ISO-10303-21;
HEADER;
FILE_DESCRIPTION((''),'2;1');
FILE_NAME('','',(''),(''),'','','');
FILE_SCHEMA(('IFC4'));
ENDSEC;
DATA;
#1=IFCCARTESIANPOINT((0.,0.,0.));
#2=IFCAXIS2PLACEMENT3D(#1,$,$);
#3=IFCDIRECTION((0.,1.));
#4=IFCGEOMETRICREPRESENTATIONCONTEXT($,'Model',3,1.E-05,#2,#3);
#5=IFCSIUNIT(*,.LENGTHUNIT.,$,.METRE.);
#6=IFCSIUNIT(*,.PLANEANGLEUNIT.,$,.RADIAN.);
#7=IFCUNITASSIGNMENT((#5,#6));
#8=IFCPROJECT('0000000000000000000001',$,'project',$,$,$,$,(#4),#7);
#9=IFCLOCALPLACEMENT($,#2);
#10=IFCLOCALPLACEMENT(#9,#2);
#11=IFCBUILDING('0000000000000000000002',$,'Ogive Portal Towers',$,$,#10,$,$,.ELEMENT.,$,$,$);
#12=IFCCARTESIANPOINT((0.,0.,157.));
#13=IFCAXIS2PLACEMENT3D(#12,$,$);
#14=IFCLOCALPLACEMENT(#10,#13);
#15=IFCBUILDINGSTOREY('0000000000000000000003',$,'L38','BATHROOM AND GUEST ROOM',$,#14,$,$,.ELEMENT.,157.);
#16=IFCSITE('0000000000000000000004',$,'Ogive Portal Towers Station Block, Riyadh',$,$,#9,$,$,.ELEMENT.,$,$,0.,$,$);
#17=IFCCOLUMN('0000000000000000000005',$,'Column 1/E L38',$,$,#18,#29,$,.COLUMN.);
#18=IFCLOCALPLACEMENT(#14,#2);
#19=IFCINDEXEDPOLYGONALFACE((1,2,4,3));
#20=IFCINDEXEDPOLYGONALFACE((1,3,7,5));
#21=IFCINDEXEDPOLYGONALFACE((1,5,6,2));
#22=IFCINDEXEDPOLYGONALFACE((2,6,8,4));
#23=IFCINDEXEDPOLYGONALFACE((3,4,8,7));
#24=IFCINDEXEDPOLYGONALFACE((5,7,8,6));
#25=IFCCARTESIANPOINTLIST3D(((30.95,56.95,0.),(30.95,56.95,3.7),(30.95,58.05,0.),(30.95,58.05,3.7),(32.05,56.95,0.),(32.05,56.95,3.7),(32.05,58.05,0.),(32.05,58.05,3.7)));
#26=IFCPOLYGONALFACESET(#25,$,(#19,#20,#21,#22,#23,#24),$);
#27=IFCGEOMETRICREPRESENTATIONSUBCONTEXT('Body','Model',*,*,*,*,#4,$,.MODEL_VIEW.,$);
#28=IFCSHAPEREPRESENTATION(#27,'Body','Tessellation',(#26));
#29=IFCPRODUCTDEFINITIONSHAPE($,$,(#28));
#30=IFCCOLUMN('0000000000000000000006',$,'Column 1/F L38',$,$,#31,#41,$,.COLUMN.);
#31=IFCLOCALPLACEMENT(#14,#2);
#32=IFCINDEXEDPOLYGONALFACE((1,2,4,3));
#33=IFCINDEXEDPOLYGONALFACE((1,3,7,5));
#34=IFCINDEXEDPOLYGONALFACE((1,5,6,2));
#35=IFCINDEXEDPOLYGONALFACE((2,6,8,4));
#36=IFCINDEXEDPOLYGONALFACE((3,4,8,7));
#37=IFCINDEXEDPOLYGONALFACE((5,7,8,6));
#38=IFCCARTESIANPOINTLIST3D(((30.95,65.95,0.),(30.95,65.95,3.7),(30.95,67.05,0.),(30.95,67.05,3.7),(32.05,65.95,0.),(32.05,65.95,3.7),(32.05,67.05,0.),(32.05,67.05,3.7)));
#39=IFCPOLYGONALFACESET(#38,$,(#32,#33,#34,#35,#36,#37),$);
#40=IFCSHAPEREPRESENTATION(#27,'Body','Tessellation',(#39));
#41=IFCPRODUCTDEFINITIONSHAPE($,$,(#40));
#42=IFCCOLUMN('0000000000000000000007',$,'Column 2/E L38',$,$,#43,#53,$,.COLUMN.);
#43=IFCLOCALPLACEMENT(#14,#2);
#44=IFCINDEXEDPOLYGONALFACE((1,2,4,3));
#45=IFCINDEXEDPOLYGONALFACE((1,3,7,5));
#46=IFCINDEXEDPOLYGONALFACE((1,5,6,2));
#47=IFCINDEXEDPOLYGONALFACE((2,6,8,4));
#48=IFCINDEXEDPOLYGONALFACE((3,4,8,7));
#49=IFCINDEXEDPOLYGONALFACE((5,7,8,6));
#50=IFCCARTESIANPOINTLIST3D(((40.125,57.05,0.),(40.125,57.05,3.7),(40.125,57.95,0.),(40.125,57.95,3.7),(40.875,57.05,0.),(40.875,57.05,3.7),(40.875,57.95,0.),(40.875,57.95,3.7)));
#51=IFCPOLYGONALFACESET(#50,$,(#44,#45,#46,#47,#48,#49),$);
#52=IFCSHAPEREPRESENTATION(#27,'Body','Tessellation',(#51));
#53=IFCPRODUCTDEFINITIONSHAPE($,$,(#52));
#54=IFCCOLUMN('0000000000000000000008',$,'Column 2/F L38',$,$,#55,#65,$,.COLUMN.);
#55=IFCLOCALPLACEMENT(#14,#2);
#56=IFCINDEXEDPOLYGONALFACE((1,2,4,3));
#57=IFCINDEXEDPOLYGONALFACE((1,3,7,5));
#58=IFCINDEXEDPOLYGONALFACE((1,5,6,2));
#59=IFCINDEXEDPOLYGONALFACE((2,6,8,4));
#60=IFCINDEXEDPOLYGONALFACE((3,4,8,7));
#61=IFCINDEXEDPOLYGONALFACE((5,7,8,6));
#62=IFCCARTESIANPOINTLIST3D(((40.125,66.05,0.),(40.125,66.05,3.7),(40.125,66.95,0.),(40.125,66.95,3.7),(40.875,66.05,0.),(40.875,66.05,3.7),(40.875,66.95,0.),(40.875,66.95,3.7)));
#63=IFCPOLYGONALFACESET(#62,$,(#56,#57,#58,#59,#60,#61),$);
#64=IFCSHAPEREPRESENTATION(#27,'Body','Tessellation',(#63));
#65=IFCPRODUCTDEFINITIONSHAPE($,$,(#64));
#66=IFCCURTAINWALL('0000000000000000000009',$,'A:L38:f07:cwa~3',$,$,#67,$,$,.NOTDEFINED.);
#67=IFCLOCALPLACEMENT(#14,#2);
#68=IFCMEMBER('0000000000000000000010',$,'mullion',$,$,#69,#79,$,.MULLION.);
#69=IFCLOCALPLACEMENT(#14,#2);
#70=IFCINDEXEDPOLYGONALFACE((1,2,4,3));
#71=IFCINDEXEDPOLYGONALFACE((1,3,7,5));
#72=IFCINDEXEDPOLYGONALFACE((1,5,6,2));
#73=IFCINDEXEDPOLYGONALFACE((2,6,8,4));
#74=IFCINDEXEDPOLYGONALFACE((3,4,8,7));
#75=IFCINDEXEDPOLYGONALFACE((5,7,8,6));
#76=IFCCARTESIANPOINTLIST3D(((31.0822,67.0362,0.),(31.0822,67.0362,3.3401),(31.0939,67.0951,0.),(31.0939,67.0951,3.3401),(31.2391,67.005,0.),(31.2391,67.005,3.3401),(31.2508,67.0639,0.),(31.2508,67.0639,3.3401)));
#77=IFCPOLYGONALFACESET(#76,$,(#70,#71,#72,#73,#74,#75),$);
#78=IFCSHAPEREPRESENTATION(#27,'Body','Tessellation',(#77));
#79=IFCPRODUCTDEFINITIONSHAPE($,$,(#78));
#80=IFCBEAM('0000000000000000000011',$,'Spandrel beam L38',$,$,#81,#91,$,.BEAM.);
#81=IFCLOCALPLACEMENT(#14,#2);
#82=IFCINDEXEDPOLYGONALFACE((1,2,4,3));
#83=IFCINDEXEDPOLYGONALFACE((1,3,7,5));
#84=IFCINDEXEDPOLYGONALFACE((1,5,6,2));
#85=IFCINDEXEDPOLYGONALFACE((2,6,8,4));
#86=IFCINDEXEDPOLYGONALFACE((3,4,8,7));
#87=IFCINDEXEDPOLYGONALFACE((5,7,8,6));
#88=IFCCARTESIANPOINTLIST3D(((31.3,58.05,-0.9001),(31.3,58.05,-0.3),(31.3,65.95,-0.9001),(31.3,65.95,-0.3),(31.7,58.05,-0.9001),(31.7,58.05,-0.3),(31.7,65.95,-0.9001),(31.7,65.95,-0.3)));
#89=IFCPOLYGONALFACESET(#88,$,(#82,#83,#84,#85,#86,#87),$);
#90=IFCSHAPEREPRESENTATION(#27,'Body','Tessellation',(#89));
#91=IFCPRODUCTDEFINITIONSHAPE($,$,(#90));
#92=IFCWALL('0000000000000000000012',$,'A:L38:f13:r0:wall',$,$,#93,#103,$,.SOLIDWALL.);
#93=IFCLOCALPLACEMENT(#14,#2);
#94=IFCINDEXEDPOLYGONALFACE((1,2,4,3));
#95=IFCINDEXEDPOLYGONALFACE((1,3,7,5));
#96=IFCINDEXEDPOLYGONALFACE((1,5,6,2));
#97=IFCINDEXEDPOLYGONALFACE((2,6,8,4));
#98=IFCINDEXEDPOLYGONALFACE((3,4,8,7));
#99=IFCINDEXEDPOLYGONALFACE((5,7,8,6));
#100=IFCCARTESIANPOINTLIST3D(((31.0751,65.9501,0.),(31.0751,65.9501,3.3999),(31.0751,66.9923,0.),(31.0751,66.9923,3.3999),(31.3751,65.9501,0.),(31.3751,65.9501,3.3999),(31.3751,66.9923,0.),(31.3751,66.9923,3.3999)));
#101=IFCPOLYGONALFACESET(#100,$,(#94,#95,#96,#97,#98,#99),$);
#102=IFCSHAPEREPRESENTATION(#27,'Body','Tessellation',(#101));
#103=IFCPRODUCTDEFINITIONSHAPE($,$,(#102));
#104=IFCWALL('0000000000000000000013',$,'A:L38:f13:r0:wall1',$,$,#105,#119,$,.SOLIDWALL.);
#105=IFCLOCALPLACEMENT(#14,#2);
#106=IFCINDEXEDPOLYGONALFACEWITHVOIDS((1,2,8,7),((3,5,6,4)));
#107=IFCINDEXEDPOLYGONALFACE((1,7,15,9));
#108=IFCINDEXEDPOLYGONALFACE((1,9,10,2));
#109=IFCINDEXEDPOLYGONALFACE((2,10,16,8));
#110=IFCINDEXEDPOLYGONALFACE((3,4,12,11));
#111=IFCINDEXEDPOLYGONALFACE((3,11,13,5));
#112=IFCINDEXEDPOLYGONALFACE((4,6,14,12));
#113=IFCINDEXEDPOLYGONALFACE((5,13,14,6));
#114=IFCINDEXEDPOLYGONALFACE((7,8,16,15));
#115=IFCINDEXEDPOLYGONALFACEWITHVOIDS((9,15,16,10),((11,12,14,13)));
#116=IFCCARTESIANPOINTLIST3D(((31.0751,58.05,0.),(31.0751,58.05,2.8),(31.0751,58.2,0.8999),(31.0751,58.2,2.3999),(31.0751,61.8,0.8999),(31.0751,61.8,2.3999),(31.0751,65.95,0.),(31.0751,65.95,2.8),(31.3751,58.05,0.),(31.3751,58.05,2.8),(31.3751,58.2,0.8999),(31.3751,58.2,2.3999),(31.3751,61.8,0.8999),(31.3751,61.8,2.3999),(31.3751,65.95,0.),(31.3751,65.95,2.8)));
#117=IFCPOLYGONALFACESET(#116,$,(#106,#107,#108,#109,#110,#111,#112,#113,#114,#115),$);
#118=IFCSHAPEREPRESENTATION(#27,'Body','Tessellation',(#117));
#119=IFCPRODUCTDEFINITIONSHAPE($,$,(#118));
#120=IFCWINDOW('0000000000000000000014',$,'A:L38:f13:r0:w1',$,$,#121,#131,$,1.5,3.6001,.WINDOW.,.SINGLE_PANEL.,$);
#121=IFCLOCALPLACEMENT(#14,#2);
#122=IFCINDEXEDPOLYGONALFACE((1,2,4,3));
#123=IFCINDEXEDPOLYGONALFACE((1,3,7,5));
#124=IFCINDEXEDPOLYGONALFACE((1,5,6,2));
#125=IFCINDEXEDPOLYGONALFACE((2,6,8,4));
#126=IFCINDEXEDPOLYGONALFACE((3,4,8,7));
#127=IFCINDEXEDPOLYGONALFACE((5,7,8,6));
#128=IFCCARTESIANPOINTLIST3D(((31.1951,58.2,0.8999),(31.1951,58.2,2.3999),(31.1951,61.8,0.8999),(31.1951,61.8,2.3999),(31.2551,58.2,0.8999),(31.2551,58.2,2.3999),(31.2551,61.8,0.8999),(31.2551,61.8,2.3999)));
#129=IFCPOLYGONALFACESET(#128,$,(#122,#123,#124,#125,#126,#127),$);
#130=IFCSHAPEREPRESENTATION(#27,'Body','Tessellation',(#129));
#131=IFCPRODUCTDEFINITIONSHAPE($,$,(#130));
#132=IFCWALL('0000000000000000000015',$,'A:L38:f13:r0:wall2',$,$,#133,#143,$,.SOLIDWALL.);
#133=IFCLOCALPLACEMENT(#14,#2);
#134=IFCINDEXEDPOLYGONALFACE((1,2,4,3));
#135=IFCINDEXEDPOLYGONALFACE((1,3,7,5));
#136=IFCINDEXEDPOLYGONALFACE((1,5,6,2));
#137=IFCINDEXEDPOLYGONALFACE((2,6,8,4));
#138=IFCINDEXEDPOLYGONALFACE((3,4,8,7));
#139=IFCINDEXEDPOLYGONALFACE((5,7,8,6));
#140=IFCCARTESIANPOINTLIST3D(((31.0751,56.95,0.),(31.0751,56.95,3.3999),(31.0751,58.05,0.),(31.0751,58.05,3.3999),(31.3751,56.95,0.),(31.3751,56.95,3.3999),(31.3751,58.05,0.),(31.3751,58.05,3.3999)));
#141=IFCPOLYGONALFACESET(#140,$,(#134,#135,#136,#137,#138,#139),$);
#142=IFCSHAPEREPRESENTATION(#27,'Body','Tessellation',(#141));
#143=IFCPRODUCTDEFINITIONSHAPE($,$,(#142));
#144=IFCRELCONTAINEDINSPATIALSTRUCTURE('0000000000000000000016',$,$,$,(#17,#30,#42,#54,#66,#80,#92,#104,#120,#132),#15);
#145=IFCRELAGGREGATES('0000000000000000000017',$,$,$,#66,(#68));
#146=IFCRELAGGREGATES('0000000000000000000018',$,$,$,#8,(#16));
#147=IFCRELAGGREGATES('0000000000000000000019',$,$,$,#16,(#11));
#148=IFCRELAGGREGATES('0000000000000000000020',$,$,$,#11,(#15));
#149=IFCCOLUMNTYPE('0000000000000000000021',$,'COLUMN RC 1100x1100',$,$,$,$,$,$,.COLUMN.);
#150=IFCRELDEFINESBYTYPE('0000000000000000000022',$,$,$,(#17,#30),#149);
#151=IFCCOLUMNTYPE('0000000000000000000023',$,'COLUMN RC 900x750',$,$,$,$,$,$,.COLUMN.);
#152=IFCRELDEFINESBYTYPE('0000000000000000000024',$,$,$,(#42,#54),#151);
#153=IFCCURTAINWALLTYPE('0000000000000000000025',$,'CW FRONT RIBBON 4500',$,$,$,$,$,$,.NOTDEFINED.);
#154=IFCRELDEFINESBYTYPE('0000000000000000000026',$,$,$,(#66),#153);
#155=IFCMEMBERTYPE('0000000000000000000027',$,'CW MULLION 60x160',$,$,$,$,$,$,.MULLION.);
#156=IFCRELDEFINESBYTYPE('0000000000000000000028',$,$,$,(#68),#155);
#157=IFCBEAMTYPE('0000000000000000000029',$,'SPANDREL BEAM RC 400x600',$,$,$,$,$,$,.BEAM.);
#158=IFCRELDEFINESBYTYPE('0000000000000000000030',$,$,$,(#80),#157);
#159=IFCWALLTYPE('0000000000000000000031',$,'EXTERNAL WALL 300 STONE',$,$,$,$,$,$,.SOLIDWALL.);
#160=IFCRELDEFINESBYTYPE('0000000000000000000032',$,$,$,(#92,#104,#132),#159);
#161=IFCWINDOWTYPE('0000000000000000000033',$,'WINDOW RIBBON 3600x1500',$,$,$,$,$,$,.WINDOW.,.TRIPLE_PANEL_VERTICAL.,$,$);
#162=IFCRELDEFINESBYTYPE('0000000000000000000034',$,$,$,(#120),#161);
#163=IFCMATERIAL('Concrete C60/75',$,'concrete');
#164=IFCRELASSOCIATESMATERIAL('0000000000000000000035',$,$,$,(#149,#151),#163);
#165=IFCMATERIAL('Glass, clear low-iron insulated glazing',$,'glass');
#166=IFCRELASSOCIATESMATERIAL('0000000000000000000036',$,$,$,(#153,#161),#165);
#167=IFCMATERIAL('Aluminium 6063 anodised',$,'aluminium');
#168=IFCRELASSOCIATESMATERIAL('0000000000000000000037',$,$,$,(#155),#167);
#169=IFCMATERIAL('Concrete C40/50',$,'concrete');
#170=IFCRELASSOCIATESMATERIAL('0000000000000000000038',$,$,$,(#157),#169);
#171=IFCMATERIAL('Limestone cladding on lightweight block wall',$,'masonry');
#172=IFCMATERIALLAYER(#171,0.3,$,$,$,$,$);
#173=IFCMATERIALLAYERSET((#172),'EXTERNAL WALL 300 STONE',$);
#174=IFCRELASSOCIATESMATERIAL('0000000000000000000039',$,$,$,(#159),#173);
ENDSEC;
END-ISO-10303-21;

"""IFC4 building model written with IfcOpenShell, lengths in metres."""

from ifc_helpers import new_model, si_unit, direction, frame, frame_2d, origin, origin_2d, place, context, subcontext, project, spatial, rectangle, extrude, material, layer, layer_set, material_profile, profile_set, type_object, element, fill, aggregate, save


model = new_model("IFC4")

# Units and contexts
model_context = context("Model", 3, precision=1e-05, world=origin(), true_north=direction((0.0, 1.0)))
body_context = subcontext(model_context, "Body", "Model", "MODEL_VIEW")
ifc_project = project(units=[si_unit("LENGTHUNIT", "METRE"), si_unit("PLANEANGLEUNIT", "RADIAN")], contexts=[model_context])

# Site, building, storey
site_placement = place(None, origin())
site = spatial("IfcSite", under=ifc_project, at=site_placement, Name="Ogive Portal Towers Station Block, Riyadh", CompositionType="ELEMENT", RefElevation=0.0)
building_placement = place(site_placement, origin())
building = spatial("IfcBuilding", under=site, at=building_placement, Name="Ogive Portal Towers", CompositionType="ELEMENT")
storey_placement = place(building_placement, frame((0.0, 0.0, 157.0)))
storey = spatial("IfcBuildingStorey", under=building, at=storey_placement, Name="L38", Description="BATHROOM AND GUEST ROOM", CompositionType="ELEMENT", Elevation=157.0)

# Columns
ifc_material_1 = material(Name="Concrete C60/75", Category="concrete")
ifc_material_profile_1 = material_profile(ifc_material_1, rectangle(XDim=1.1001, YDim=1.1001, at=origin_2d()), Name="RC 1100x1100")
ifc_profile_set_1 = profile_set([ifc_material_profile_1], Name="Concrete C60/75")
column_type_1 = type_object("IfcColumnType", Name="COLUMN RC 1100x1100", PredefinedType="COLUMN", material=ifc_profile_set_1)
for number, where, z_axis, x_axis, name in (
    (1, (31.5, 57.5, 0.0), (0.0, 0.0, 1.0), (1.0, 0.0, 0.0), "Column 1/E L38"),
    (2, (31.5, 66.5, 0.0), (0.0, 0.0, 1.0), (1.0, 0.0, 0.0), "Column 1/F L38"),
):
    element("IfcColumn", number, at=place(storey_placement, frame(where, z_axis=z_axis, x_axis=x_axis)), inside=storey, type_object=column_type_1, Name=name, PredefinedType="COLUMN", context=body_context, shape_type="SweptSolid", body=[
        extrude(rectangle(XDim=1.1001, YDim=1.1001, at=origin_2d()), origin(), (0.0, 0.0, 1.0), 3.7),
    ])
ifc_material_profile_2 = material_profile(ifc_material_1, rectangle(XDim=0.8999, YDim=0.75, at=origin_2d()), Name="RC 900x750")
ifc_profile_set_2 = profile_set([ifc_material_profile_2], Name="Concrete C60/75")
column_type_2 = type_object("IfcColumnType", Name="COLUMN RC 900x750", PredefinedType="COLUMN", material=ifc_profile_set_2)
for number, where, z_axis, x_axis, name in (
    (3, (40.5, 57.5, 0.0), (0.0, 0.0, 1.0), (0.0, 1.0, 0.0), "Column 2/E L38"),
    (4, (40.5, 66.5, 0.0), (0.0, 0.0, 1.0), (0.0, 1.0, 0.0), "Column 2/F L38"),
):
    element("IfcColumn", number, at=place(storey_placement, frame(where, z_axis=z_axis, x_axis=x_axis)), inside=storey, type_object=column_type_2, Name=name, PredefinedType="COLUMN", context=body_context, shape_type="SweptSolid", body=[
        extrude(rectangle(XDim=0.8999, YDim=0.75, at=origin_2d()), origin(), (0.0, 0.0, 1.0), 3.7),
    ])

# Curtain wall, member
ifc_material_2 = material(Name="Glass, clear low-iron insulated glazing", Category="glass")
curtain_wall_type = type_object("IfcCurtainWallType", Name="CW FRONT RIBBON 4500", PredefinedType="NOTDEFINED", material=ifc_material_2)
curtain_wall_placement = place(storey_placement, origin())
curtain_wall = element("IfcCurtainWall", 5, at=curtain_wall_placement, inside=storey, type_object=curtain_wall_type, Name="A:L38:f07:cwa~3", PredefinedType="NOTDEFINED")
ifc_material_3 = material(Name="Aluminium 6063 anodised", Category="aluminium")
ifc_material_profile_3 = material_profile(ifc_material_3, rectangle(XDim=0.1599, YDim=0.0601, at=origin_2d()), Name="AL 60x160")
ifc_profile_set_3 = profile_set([ifc_material_profile_3], Name="Aluminium 6063 anodised")
member_type = type_object("IfcMemberType", Name="CW MULLION 60x160", PredefinedType="MULLION", material=ifc_profile_set_3)
member_placement = place(storey_placement, frame((31.1665, 67.05, 0.0), z_axis=(0.0, 0.0, 1.0), x_axis=(0.980785, -0.19509, 0.0)))
member = element("IfcMember", 6, at=member_placement, type_object=member_type, Name="mullion", PredefinedType="MULLION", context=body_context, shape_type="SweptSolid", body=[
    extrude(rectangle(XDim=0.1599, YDim=0.0601, at=origin_2d()), origin(), (0.0, 0.0, 1.0), 3.3401),
])
aggregate(curtain_wall, [member])

# Beam
ifc_material_4 = material(Name="Concrete C40/50", Category="concrete")
ifc_material_profile_4 = material_profile(ifc_material_4, rectangle(XDim=0.3999, YDim=0.6001, at=origin_2d()), Name="RC 400x600")
ifc_profile_set_4 = profile_set([ifc_material_profile_4], Name="Concrete C40/50")
beam_type = type_object("IfcBeamType", Name="SPANDREL BEAM RC 400x600", PredefinedType="BEAM", material=ifc_profile_set_4)
beam_placement = place(storey_placement, frame((31.5, 58.05, -0.6001), z_axis=(0.0, 1.0, 0.0), x_axis=(-1.0, 0.0, 0.0)))
element("IfcBeam", 7, at=beam_placement, inside=storey, type_object=beam_type, Name="Spandrel beam L38", PredefinedType="BEAM", context=body_context, shape_type="SweptSolid", body=[
    extrude(rectangle(XDim=0.3999, YDim=0.6001, at=origin_2d()), origin(), (0.0, 0.0, 1.0), 7.8999),
])

# Wall
ifc_material_5 = material(Name="Limestone cladding on lightweight block wall", Category="masonry")
ifc_layer_1 = layer(ifc_material_5, 0.3)
ifc_layer_set_1 = layer_set([ifc_layer_1], Name="EXTERNAL WALL 300 STONE")
wall_type_1 = type_object("IfcWallType", Name="EXTERNAL WALL 300 STONE", PredefinedType="SOLIDWALL", material=ifc_layer_set_1)
wall_1_placement = place(storey_placement, frame((31.2251, 66.9922, 0.0), z_axis=(0.0, 0.0, 1.0), x_axis=(0.0, -1.0, 0.0)))
element("IfcWall", 8, at=wall_1_placement, inside=storey, type_object=wall_type_1, Name="A:L38:f13:r0:wall", PredefinedType="SOLIDWALL", context=body_context, shape_type="SweptSolid", body=[
    extrude(rectangle(XDim=1.0422, YDim=0.3, at=frame_2d((0.521, 0.0))), origin(), (0.0, 0.0, 1.0), 3.3999),
])

# Wall, opening, window
wall_2_placement = place(storey_placement, frame((31.2251, 65.95, 0.0), z_axis=(0.0, 0.0, 1.0), x_axis=(0.0, -1.0, 0.0)))
wall_2 = element("IfcWall", 9, at=wall_2_placement, inside=storey, type_object=wall_type_1, Name="A:L38:f13:r0:wall1", PredefinedType="SOLIDWALL", context=body_context, shape_type="SweptSolid", body=[
    extrude(rectangle(XDim=7.8999, YDim=0.3, at=frame_2d((3.95, 0.0))), origin(), (0.0, 0.0, 1.0), 2.8),
])
opening_1_placement = place(wall_2_placement, frame((4.1499, 0.0, 0.8999)))
opening_1 = element("IfcOpeningElement", 10, at=opening_1_placement, cuts=wall_2, PredefinedType="OPENING", context=body_context, shape_type="SweptSolid", body=[
    extrude(rectangle(XDim=3.6001, YDim=1.5, at=frame_2d((1.8, 0.75))), frame((0.0, 0.1602, 0.0), z_axis=(0.0, -1.0, 0.0), x_axis=(1.0, 0.0, 0.0)), (0.0, 0.0, 1.0), 0.3201),
])
window_type = type_object("IfcWindowType", Name="WINDOW RIBBON 3600x1500", PartitioningType="TRIPLE_PANEL_VERTICAL", PredefinedType="WINDOW", material=ifc_material_2)
window_1_placement = place(opening_1_placement, origin())
window_1 = element("IfcWindow", 11, at=window_1_placement, inside=storey, type_object=window_type, Name="A:L38:f13:r0:w1", OverallHeight=1.5, OverallWidth=3.6001, PartitioningType="SINGLE_PANEL", PredefinedType="WINDOW", context=body_context, shape_type="SweptSolid", body=[
    extrude(rectangle(XDim=3.6001, YDim=1.5, at=frame_2d((1.8, 0.75))), frame((0.0, 0.03, 0.0), z_axis=(0.0, -1.0, 0.0), x_axis=(1.0, 0.0, 0.0)), (0.0, 0.0, 1.0), 0.0601),
])
fill(opening_1, window_1)

# Wall
wall_3_placement = place(storey_placement, frame((31.2251, 58.05, 0.0), z_axis=(0.0, 0.0, 1.0), x_axis=(0.0, -1.0, 0.0)))
element("IfcWall", 12, at=wall_3_placement, inside=storey, type_object=wall_type_1, Name="A:L38:f13:r0:wall2", PredefinedType="SOLIDWALL", context=body_context, shape_type="SweptSolid", body=[
    extrude(rectangle(XDim=1.1001, YDim=0.3, at=frame_2d((0.55, 0.0))), origin(), (0.0, 0.0, 1.0), 3.3999),
])

save(model, "model.ifc")
